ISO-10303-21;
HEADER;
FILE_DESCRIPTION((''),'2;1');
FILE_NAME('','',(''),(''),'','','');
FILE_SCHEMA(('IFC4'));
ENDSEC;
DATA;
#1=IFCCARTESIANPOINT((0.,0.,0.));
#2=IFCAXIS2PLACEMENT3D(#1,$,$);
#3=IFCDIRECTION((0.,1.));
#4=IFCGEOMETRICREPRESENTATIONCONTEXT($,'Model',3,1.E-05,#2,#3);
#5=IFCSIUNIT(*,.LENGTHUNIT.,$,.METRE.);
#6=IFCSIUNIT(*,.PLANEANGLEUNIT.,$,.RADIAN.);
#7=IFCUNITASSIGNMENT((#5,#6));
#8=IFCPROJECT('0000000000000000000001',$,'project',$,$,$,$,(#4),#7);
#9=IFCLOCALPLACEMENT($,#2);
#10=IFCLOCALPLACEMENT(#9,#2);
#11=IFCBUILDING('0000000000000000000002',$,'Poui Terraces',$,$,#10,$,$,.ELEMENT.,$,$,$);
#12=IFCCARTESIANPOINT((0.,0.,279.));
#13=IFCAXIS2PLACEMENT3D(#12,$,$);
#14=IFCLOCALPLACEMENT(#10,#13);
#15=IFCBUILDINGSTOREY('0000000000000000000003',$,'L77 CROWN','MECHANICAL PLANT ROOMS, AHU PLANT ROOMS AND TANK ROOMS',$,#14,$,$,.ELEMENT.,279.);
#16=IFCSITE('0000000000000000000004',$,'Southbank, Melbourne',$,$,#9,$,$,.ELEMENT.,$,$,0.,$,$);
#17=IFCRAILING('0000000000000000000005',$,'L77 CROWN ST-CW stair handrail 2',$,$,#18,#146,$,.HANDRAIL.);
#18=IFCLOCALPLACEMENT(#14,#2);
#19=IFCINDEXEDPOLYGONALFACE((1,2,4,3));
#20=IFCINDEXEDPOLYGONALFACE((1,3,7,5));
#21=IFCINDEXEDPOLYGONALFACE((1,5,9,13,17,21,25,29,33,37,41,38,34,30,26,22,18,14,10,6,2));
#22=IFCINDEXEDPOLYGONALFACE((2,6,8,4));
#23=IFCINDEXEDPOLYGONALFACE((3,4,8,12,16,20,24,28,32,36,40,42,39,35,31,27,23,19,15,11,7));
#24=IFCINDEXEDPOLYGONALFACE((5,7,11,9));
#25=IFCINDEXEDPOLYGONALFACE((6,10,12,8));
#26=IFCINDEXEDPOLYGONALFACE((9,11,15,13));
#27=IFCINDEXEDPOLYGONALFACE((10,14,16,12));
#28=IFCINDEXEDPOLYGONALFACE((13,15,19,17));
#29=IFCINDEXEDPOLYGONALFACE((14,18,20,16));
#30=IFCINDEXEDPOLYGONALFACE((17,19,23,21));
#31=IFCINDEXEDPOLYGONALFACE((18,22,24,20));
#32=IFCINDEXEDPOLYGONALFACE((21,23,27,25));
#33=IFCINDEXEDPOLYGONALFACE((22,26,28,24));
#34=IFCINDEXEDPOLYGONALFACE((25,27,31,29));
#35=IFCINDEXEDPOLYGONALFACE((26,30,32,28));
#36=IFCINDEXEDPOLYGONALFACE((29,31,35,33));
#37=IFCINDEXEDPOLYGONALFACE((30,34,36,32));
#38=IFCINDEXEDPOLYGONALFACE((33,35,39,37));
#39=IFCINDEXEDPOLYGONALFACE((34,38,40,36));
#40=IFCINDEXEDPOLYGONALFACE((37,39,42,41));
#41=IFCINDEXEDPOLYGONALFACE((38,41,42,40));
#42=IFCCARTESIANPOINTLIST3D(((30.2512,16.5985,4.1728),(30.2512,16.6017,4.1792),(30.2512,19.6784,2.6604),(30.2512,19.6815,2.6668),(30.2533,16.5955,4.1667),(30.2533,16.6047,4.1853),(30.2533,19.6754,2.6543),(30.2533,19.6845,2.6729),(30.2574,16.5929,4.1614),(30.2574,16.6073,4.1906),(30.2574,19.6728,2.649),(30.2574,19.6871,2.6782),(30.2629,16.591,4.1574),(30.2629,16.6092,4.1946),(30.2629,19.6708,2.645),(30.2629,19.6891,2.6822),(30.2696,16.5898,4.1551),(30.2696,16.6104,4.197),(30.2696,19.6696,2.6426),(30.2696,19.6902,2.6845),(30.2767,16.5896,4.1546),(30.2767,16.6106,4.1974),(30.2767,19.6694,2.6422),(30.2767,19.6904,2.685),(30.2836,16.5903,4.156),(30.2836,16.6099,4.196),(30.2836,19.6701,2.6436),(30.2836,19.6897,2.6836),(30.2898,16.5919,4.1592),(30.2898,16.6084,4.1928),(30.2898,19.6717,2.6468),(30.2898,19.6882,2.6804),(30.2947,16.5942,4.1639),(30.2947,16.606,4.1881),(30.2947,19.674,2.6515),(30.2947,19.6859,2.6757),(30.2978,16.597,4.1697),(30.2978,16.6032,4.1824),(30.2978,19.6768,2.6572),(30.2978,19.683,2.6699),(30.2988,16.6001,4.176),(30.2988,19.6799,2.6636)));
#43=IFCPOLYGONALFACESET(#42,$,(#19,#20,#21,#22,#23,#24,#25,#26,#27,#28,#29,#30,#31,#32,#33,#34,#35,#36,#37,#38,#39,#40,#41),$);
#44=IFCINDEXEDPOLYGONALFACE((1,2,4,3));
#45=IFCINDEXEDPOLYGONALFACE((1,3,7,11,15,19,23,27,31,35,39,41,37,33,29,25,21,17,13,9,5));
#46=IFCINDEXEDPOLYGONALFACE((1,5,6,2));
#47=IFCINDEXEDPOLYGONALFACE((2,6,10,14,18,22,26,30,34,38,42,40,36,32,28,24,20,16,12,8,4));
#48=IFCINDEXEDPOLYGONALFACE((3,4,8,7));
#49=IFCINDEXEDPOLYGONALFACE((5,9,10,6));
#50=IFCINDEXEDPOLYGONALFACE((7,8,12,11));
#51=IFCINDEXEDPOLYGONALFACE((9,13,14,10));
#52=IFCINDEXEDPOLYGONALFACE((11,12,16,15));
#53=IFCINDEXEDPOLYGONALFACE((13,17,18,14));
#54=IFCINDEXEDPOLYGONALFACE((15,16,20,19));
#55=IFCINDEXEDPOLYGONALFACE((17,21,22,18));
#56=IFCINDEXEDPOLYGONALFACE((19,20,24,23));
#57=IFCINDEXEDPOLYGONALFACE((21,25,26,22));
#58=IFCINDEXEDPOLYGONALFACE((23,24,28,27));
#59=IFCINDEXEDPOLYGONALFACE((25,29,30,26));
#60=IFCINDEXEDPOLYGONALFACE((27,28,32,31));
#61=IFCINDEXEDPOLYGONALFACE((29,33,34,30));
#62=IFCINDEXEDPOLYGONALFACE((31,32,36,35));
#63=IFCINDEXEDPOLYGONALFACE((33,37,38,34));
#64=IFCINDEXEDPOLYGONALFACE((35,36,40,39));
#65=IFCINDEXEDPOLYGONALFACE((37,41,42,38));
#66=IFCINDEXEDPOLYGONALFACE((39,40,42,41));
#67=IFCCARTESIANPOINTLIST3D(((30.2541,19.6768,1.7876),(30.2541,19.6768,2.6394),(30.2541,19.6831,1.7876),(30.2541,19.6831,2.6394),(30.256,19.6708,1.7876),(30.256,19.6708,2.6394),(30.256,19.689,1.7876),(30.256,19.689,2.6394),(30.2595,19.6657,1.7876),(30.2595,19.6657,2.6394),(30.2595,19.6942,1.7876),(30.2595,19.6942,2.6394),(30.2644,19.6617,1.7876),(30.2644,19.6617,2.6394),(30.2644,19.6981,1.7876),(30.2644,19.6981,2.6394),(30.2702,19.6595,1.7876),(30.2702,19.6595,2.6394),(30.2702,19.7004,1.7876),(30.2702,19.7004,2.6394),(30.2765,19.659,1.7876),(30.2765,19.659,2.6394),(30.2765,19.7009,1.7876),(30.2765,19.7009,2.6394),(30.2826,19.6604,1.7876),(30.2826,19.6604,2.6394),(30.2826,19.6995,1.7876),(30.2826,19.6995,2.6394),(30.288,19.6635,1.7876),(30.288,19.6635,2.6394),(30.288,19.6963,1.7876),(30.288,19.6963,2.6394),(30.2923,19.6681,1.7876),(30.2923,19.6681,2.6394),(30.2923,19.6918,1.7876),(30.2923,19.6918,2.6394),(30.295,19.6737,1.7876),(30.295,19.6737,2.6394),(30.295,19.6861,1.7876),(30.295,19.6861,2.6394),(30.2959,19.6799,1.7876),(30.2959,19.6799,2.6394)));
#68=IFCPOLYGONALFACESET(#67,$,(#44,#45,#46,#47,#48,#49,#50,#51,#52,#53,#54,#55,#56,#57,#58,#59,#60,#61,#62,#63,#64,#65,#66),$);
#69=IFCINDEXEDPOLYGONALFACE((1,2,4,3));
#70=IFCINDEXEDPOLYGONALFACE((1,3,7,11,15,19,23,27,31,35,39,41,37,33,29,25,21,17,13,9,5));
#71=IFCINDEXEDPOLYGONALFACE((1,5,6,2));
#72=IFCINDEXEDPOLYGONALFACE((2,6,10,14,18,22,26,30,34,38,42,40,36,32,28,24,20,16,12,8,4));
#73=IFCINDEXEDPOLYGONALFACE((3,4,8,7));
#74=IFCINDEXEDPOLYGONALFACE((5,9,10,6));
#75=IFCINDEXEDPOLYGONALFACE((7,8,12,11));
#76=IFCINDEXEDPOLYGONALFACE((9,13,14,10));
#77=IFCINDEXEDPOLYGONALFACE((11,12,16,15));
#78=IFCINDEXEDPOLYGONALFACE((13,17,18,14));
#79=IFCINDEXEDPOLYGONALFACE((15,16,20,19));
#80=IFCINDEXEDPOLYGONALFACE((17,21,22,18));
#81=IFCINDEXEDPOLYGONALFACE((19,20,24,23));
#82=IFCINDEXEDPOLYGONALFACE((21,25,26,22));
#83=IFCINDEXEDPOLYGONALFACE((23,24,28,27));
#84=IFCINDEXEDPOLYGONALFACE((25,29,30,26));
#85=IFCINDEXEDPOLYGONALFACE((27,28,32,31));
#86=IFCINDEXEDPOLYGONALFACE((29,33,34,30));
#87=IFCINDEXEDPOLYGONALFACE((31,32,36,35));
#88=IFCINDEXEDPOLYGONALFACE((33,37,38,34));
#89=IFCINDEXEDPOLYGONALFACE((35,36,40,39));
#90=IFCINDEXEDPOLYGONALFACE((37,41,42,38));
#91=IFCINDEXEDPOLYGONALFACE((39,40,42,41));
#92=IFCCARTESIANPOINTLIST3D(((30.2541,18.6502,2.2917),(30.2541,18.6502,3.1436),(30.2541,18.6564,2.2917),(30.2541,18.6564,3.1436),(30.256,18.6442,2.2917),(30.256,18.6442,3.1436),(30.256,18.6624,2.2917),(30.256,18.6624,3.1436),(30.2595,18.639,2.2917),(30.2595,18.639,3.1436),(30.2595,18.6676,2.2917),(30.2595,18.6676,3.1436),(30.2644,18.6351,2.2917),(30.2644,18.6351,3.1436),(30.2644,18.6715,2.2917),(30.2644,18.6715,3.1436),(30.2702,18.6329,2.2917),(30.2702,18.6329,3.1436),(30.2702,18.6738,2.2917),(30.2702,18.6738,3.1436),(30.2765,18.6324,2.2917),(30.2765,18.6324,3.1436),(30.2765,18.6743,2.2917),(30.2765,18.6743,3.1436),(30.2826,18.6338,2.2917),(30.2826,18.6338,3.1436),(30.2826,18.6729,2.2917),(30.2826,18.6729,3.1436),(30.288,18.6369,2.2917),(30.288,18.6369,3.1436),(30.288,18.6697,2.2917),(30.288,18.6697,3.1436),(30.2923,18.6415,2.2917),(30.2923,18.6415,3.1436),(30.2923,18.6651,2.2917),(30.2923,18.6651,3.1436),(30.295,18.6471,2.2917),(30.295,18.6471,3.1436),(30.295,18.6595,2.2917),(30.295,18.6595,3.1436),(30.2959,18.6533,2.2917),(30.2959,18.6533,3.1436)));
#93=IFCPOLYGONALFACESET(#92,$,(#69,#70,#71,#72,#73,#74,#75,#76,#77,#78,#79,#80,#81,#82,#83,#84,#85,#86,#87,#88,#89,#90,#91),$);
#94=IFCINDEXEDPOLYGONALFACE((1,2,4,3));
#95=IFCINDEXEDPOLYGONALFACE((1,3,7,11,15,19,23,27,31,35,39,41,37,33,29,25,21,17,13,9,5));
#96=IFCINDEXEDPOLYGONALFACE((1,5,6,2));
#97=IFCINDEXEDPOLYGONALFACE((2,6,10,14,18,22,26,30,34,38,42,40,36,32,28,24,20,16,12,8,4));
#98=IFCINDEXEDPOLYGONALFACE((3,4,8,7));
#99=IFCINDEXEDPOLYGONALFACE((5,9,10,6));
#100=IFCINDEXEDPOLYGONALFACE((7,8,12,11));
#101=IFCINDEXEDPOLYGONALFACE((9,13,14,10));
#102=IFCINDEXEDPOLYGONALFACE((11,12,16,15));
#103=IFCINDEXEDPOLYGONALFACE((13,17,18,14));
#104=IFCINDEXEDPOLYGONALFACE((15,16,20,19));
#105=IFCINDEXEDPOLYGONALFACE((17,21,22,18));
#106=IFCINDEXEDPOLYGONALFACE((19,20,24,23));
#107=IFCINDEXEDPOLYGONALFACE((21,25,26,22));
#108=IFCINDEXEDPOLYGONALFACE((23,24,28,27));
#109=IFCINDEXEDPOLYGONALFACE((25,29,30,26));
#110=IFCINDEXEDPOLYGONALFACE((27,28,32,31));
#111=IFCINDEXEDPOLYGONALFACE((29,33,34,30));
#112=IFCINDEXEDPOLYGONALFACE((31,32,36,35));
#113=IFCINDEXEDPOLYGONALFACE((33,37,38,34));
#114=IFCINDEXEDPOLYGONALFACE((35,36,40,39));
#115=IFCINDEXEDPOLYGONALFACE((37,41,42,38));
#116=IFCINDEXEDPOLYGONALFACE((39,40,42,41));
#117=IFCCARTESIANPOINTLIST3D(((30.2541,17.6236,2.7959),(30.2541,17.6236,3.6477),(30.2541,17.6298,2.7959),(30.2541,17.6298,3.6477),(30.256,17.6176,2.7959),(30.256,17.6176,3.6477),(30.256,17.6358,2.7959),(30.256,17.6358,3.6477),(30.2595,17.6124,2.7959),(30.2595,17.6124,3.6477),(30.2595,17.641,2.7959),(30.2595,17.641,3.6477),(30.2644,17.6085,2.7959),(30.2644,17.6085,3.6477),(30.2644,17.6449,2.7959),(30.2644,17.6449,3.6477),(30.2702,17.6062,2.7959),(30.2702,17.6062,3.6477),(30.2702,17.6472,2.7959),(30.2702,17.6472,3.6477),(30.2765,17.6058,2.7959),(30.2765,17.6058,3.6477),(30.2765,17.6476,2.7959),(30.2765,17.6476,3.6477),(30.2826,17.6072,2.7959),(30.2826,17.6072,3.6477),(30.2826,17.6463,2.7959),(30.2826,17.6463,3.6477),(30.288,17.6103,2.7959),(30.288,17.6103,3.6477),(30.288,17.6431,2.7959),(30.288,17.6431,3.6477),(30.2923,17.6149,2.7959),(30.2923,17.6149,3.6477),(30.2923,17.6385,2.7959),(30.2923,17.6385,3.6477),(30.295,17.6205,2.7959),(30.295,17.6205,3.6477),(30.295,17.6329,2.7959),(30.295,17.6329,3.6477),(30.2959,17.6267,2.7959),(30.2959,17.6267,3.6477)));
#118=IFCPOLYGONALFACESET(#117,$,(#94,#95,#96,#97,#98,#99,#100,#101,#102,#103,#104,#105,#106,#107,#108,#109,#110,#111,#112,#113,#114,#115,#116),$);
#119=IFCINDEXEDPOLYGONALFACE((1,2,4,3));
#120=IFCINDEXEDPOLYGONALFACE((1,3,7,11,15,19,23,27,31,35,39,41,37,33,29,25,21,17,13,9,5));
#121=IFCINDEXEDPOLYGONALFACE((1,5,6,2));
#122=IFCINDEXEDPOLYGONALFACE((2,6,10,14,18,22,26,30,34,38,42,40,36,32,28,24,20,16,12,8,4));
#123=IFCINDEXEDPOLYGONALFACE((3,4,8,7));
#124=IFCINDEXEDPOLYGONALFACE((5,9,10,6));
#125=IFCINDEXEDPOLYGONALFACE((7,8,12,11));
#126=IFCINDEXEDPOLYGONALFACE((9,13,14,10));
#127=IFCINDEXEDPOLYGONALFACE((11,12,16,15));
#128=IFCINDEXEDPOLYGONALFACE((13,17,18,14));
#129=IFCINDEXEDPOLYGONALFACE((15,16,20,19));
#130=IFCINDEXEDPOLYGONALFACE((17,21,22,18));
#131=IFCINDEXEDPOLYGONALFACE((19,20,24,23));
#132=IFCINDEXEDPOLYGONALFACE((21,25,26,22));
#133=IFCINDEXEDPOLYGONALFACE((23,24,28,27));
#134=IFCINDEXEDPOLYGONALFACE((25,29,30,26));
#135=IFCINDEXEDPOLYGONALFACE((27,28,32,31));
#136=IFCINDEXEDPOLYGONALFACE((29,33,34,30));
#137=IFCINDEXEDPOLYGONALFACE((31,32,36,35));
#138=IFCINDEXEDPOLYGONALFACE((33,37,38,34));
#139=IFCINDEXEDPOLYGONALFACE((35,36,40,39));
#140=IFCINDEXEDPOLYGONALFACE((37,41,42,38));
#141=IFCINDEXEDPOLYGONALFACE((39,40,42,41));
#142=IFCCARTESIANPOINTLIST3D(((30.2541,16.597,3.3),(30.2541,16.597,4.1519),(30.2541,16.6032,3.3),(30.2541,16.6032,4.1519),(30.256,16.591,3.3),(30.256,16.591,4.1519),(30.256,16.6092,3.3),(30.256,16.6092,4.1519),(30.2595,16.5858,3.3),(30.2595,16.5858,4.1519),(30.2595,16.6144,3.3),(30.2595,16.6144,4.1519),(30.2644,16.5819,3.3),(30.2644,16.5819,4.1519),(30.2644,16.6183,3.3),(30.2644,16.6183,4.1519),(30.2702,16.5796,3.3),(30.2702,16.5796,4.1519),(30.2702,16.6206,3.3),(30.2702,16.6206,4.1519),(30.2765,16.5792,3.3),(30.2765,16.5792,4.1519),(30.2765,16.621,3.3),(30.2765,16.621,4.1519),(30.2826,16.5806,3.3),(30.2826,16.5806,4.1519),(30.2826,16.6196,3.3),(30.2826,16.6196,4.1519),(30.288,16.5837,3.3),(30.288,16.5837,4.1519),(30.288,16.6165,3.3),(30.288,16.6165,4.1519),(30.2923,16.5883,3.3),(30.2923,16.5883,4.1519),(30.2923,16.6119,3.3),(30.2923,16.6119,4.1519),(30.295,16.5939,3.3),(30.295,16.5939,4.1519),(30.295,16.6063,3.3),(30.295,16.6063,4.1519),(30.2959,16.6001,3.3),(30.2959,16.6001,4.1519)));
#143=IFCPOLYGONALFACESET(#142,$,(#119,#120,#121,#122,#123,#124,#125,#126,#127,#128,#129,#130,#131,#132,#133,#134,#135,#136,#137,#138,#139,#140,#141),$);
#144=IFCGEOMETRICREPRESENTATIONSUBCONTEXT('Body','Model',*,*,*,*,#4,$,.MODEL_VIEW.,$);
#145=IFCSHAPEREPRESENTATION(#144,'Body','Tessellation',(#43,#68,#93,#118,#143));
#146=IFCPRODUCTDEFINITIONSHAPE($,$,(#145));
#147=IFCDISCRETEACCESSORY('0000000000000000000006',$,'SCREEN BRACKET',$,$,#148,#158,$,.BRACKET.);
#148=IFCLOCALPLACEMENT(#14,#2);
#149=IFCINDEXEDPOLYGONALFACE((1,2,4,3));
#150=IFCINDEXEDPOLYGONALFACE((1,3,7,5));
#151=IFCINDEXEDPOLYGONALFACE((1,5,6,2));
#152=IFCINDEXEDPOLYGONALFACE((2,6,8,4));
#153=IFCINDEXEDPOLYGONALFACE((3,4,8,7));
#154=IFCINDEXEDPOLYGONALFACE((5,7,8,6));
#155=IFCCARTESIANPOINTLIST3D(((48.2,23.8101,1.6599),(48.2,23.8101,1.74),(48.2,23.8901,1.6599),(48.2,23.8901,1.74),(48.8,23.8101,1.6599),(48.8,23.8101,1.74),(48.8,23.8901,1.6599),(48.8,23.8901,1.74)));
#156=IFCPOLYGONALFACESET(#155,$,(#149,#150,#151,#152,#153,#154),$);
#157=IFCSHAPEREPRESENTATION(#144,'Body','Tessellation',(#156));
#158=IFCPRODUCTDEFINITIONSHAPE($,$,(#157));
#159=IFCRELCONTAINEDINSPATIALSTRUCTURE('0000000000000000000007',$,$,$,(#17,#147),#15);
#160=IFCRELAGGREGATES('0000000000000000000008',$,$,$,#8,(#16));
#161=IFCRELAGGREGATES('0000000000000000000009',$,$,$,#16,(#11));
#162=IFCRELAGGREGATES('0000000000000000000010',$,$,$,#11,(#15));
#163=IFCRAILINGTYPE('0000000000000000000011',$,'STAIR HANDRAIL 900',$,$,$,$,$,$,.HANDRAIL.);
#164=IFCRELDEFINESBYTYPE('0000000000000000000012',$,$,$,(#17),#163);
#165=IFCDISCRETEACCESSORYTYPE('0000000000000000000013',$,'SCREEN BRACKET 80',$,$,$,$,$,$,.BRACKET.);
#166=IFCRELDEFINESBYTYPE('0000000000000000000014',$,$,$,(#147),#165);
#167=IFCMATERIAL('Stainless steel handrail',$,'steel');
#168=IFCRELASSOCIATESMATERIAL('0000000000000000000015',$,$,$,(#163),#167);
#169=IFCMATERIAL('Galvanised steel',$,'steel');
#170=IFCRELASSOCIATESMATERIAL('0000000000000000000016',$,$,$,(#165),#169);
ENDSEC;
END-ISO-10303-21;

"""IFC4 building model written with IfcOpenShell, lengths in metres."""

from ifc_helpers import new_model, si_unit, direction, frame, origin, origin_2d, place, context, subcontext, project, spatial, rectangle, circle, extrude, source, transform, mapped, material, material_profile, profile_set, type_object, element, save


model = new_model("IFC4")

# Units and contexts
model_context = context("Model", 3, precision=1e-05, world=origin(), true_north=direction((0.0, 1.0)))
body_context = subcontext(model_context, "Body", "Model", "MODEL_VIEW")
ifc_project = project(units=[si_unit("LENGTHUNIT", "METRE"), si_unit("PLANEANGLEUNIT", "RADIAN")], contexts=[model_context])

# Site, building, storey
site_placement = place(None, origin())
site = spatial("IfcSite", under=ifc_project, at=site_placement, Name="Southbank, Melbourne", CompositionType="ELEMENT", RefElevation=0.0)
building_placement = place(site_placement, origin())
building = spatial("IfcBuilding", under=site, at=building_placement, Name="Poui Terraces", CompositionType="ELEMENT")
storey_placement = place(building_placement, frame((0.0, 0.0, 279.0)))
storey = spatial("IfcBuildingStorey", under=building, at=storey_placement, Name="L77 CROWN", Description="MECHANICAL PLANT ROOMS, AHU PLANT ROOMS AND TANK ROOMS", CompositionType="ELEMENT", Elevation=279.0)

# Railing
ifc_material_1 = material(Name="Stainless steel handrail", Category="steel")
railing_type_1 = type_object("IfcRailingType", Name="STAIR HANDRAIL 900", PredefinedType="HANDRAIL", material=ifc_material_1)
railing_1_placement = place(storey_placement, frame((30.2749, 19.6799, 1.7876)))
element("IfcRailing", 1, at=railing_1_placement, inside=storey, type_object=railing_type_1, Name="L77 CROWN ST-CW stair handrail 2", PredefinedType="HANDRAIL", context=body_context, shape_type="SweptSolid", body=[
    extrude(circle(Radius=0.0239, at=origin_2d()), frame((0.0, 0.0, 0.876), z_axis=(0.0, -0.897606, 0.440798), x_axis=(1.0, 0.0, 0.0)), (0.0, 0.0, 1.0), 3.4312),
    extrude(circle(Radius=0.021, at=origin_2d()), origin(), (0.0, 0.0, 1.0), 0.8518),
    extrude(circle(Radius=0.021, at=origin_2d()), frame((0.0, -1.0266, 0.5042)), (0.0, 0.0, 1.0), 0.8518),
    extrude(circle(Radius=0.021, at=origin_2d()), frame((0.0, -2.0532, 1.0083)), (0.0, 0.0, 1.0), 0.8518),
    extrude(circle(Radius=0.021, at=origin_2d()), frame((0.0, -3.0798, 1.5125)), (0.0, 0.0, 1.0), 0.8518),
])

# Discrete accessory
ifc_material_2 = material(Name="Galvanised steel", Category="steel")
ifc_material_profile_1 = material_profile(ifc_material_2, rectangle(XDim=0.0801, YDim=0.0801, at=origin_2d()), Name="SCREEN BRACKET 80")
ifc_profile_set_1 = profile_set([ifc_material_profile_1], Name="Galvanised steel")
discrete_accessory_type = type_object("IfcDiscreteAccessoryType", Name="SCREEN BRACKET 80", PredefinedType="BRACKET", material=ifc_profile_set_1)
shared_shape_1 = source(origin(), body_context, "Body", "SweptSolid", [
    extrude(rectangle(XDim=0.0801, YDim=0.0801, at=origin_2d()), origin(), (0.0, 0.0, 1.0), 0.6001),
])
discrete_accessory_placement = place(storey_placement, frame((48.2, 23.8501, 1.7), z_axis=(1.0, 0.0, 0.0), x_axis=(0.0, 1.0, 0.0)))
element("IfcDiscreteAccessory", 2, at=discrete_accessory_placement, inside=storey, type_object=discrete_accessory_type, Name="SCREEN BRACKET", PredefinedType="BRACKET", context=body_context, shape_type="MappedRepresentation", body=[
    mapped(shared_shape_1, transform((0.0, 0.0, 0.0))),
])

save(model, "model.ifc")
